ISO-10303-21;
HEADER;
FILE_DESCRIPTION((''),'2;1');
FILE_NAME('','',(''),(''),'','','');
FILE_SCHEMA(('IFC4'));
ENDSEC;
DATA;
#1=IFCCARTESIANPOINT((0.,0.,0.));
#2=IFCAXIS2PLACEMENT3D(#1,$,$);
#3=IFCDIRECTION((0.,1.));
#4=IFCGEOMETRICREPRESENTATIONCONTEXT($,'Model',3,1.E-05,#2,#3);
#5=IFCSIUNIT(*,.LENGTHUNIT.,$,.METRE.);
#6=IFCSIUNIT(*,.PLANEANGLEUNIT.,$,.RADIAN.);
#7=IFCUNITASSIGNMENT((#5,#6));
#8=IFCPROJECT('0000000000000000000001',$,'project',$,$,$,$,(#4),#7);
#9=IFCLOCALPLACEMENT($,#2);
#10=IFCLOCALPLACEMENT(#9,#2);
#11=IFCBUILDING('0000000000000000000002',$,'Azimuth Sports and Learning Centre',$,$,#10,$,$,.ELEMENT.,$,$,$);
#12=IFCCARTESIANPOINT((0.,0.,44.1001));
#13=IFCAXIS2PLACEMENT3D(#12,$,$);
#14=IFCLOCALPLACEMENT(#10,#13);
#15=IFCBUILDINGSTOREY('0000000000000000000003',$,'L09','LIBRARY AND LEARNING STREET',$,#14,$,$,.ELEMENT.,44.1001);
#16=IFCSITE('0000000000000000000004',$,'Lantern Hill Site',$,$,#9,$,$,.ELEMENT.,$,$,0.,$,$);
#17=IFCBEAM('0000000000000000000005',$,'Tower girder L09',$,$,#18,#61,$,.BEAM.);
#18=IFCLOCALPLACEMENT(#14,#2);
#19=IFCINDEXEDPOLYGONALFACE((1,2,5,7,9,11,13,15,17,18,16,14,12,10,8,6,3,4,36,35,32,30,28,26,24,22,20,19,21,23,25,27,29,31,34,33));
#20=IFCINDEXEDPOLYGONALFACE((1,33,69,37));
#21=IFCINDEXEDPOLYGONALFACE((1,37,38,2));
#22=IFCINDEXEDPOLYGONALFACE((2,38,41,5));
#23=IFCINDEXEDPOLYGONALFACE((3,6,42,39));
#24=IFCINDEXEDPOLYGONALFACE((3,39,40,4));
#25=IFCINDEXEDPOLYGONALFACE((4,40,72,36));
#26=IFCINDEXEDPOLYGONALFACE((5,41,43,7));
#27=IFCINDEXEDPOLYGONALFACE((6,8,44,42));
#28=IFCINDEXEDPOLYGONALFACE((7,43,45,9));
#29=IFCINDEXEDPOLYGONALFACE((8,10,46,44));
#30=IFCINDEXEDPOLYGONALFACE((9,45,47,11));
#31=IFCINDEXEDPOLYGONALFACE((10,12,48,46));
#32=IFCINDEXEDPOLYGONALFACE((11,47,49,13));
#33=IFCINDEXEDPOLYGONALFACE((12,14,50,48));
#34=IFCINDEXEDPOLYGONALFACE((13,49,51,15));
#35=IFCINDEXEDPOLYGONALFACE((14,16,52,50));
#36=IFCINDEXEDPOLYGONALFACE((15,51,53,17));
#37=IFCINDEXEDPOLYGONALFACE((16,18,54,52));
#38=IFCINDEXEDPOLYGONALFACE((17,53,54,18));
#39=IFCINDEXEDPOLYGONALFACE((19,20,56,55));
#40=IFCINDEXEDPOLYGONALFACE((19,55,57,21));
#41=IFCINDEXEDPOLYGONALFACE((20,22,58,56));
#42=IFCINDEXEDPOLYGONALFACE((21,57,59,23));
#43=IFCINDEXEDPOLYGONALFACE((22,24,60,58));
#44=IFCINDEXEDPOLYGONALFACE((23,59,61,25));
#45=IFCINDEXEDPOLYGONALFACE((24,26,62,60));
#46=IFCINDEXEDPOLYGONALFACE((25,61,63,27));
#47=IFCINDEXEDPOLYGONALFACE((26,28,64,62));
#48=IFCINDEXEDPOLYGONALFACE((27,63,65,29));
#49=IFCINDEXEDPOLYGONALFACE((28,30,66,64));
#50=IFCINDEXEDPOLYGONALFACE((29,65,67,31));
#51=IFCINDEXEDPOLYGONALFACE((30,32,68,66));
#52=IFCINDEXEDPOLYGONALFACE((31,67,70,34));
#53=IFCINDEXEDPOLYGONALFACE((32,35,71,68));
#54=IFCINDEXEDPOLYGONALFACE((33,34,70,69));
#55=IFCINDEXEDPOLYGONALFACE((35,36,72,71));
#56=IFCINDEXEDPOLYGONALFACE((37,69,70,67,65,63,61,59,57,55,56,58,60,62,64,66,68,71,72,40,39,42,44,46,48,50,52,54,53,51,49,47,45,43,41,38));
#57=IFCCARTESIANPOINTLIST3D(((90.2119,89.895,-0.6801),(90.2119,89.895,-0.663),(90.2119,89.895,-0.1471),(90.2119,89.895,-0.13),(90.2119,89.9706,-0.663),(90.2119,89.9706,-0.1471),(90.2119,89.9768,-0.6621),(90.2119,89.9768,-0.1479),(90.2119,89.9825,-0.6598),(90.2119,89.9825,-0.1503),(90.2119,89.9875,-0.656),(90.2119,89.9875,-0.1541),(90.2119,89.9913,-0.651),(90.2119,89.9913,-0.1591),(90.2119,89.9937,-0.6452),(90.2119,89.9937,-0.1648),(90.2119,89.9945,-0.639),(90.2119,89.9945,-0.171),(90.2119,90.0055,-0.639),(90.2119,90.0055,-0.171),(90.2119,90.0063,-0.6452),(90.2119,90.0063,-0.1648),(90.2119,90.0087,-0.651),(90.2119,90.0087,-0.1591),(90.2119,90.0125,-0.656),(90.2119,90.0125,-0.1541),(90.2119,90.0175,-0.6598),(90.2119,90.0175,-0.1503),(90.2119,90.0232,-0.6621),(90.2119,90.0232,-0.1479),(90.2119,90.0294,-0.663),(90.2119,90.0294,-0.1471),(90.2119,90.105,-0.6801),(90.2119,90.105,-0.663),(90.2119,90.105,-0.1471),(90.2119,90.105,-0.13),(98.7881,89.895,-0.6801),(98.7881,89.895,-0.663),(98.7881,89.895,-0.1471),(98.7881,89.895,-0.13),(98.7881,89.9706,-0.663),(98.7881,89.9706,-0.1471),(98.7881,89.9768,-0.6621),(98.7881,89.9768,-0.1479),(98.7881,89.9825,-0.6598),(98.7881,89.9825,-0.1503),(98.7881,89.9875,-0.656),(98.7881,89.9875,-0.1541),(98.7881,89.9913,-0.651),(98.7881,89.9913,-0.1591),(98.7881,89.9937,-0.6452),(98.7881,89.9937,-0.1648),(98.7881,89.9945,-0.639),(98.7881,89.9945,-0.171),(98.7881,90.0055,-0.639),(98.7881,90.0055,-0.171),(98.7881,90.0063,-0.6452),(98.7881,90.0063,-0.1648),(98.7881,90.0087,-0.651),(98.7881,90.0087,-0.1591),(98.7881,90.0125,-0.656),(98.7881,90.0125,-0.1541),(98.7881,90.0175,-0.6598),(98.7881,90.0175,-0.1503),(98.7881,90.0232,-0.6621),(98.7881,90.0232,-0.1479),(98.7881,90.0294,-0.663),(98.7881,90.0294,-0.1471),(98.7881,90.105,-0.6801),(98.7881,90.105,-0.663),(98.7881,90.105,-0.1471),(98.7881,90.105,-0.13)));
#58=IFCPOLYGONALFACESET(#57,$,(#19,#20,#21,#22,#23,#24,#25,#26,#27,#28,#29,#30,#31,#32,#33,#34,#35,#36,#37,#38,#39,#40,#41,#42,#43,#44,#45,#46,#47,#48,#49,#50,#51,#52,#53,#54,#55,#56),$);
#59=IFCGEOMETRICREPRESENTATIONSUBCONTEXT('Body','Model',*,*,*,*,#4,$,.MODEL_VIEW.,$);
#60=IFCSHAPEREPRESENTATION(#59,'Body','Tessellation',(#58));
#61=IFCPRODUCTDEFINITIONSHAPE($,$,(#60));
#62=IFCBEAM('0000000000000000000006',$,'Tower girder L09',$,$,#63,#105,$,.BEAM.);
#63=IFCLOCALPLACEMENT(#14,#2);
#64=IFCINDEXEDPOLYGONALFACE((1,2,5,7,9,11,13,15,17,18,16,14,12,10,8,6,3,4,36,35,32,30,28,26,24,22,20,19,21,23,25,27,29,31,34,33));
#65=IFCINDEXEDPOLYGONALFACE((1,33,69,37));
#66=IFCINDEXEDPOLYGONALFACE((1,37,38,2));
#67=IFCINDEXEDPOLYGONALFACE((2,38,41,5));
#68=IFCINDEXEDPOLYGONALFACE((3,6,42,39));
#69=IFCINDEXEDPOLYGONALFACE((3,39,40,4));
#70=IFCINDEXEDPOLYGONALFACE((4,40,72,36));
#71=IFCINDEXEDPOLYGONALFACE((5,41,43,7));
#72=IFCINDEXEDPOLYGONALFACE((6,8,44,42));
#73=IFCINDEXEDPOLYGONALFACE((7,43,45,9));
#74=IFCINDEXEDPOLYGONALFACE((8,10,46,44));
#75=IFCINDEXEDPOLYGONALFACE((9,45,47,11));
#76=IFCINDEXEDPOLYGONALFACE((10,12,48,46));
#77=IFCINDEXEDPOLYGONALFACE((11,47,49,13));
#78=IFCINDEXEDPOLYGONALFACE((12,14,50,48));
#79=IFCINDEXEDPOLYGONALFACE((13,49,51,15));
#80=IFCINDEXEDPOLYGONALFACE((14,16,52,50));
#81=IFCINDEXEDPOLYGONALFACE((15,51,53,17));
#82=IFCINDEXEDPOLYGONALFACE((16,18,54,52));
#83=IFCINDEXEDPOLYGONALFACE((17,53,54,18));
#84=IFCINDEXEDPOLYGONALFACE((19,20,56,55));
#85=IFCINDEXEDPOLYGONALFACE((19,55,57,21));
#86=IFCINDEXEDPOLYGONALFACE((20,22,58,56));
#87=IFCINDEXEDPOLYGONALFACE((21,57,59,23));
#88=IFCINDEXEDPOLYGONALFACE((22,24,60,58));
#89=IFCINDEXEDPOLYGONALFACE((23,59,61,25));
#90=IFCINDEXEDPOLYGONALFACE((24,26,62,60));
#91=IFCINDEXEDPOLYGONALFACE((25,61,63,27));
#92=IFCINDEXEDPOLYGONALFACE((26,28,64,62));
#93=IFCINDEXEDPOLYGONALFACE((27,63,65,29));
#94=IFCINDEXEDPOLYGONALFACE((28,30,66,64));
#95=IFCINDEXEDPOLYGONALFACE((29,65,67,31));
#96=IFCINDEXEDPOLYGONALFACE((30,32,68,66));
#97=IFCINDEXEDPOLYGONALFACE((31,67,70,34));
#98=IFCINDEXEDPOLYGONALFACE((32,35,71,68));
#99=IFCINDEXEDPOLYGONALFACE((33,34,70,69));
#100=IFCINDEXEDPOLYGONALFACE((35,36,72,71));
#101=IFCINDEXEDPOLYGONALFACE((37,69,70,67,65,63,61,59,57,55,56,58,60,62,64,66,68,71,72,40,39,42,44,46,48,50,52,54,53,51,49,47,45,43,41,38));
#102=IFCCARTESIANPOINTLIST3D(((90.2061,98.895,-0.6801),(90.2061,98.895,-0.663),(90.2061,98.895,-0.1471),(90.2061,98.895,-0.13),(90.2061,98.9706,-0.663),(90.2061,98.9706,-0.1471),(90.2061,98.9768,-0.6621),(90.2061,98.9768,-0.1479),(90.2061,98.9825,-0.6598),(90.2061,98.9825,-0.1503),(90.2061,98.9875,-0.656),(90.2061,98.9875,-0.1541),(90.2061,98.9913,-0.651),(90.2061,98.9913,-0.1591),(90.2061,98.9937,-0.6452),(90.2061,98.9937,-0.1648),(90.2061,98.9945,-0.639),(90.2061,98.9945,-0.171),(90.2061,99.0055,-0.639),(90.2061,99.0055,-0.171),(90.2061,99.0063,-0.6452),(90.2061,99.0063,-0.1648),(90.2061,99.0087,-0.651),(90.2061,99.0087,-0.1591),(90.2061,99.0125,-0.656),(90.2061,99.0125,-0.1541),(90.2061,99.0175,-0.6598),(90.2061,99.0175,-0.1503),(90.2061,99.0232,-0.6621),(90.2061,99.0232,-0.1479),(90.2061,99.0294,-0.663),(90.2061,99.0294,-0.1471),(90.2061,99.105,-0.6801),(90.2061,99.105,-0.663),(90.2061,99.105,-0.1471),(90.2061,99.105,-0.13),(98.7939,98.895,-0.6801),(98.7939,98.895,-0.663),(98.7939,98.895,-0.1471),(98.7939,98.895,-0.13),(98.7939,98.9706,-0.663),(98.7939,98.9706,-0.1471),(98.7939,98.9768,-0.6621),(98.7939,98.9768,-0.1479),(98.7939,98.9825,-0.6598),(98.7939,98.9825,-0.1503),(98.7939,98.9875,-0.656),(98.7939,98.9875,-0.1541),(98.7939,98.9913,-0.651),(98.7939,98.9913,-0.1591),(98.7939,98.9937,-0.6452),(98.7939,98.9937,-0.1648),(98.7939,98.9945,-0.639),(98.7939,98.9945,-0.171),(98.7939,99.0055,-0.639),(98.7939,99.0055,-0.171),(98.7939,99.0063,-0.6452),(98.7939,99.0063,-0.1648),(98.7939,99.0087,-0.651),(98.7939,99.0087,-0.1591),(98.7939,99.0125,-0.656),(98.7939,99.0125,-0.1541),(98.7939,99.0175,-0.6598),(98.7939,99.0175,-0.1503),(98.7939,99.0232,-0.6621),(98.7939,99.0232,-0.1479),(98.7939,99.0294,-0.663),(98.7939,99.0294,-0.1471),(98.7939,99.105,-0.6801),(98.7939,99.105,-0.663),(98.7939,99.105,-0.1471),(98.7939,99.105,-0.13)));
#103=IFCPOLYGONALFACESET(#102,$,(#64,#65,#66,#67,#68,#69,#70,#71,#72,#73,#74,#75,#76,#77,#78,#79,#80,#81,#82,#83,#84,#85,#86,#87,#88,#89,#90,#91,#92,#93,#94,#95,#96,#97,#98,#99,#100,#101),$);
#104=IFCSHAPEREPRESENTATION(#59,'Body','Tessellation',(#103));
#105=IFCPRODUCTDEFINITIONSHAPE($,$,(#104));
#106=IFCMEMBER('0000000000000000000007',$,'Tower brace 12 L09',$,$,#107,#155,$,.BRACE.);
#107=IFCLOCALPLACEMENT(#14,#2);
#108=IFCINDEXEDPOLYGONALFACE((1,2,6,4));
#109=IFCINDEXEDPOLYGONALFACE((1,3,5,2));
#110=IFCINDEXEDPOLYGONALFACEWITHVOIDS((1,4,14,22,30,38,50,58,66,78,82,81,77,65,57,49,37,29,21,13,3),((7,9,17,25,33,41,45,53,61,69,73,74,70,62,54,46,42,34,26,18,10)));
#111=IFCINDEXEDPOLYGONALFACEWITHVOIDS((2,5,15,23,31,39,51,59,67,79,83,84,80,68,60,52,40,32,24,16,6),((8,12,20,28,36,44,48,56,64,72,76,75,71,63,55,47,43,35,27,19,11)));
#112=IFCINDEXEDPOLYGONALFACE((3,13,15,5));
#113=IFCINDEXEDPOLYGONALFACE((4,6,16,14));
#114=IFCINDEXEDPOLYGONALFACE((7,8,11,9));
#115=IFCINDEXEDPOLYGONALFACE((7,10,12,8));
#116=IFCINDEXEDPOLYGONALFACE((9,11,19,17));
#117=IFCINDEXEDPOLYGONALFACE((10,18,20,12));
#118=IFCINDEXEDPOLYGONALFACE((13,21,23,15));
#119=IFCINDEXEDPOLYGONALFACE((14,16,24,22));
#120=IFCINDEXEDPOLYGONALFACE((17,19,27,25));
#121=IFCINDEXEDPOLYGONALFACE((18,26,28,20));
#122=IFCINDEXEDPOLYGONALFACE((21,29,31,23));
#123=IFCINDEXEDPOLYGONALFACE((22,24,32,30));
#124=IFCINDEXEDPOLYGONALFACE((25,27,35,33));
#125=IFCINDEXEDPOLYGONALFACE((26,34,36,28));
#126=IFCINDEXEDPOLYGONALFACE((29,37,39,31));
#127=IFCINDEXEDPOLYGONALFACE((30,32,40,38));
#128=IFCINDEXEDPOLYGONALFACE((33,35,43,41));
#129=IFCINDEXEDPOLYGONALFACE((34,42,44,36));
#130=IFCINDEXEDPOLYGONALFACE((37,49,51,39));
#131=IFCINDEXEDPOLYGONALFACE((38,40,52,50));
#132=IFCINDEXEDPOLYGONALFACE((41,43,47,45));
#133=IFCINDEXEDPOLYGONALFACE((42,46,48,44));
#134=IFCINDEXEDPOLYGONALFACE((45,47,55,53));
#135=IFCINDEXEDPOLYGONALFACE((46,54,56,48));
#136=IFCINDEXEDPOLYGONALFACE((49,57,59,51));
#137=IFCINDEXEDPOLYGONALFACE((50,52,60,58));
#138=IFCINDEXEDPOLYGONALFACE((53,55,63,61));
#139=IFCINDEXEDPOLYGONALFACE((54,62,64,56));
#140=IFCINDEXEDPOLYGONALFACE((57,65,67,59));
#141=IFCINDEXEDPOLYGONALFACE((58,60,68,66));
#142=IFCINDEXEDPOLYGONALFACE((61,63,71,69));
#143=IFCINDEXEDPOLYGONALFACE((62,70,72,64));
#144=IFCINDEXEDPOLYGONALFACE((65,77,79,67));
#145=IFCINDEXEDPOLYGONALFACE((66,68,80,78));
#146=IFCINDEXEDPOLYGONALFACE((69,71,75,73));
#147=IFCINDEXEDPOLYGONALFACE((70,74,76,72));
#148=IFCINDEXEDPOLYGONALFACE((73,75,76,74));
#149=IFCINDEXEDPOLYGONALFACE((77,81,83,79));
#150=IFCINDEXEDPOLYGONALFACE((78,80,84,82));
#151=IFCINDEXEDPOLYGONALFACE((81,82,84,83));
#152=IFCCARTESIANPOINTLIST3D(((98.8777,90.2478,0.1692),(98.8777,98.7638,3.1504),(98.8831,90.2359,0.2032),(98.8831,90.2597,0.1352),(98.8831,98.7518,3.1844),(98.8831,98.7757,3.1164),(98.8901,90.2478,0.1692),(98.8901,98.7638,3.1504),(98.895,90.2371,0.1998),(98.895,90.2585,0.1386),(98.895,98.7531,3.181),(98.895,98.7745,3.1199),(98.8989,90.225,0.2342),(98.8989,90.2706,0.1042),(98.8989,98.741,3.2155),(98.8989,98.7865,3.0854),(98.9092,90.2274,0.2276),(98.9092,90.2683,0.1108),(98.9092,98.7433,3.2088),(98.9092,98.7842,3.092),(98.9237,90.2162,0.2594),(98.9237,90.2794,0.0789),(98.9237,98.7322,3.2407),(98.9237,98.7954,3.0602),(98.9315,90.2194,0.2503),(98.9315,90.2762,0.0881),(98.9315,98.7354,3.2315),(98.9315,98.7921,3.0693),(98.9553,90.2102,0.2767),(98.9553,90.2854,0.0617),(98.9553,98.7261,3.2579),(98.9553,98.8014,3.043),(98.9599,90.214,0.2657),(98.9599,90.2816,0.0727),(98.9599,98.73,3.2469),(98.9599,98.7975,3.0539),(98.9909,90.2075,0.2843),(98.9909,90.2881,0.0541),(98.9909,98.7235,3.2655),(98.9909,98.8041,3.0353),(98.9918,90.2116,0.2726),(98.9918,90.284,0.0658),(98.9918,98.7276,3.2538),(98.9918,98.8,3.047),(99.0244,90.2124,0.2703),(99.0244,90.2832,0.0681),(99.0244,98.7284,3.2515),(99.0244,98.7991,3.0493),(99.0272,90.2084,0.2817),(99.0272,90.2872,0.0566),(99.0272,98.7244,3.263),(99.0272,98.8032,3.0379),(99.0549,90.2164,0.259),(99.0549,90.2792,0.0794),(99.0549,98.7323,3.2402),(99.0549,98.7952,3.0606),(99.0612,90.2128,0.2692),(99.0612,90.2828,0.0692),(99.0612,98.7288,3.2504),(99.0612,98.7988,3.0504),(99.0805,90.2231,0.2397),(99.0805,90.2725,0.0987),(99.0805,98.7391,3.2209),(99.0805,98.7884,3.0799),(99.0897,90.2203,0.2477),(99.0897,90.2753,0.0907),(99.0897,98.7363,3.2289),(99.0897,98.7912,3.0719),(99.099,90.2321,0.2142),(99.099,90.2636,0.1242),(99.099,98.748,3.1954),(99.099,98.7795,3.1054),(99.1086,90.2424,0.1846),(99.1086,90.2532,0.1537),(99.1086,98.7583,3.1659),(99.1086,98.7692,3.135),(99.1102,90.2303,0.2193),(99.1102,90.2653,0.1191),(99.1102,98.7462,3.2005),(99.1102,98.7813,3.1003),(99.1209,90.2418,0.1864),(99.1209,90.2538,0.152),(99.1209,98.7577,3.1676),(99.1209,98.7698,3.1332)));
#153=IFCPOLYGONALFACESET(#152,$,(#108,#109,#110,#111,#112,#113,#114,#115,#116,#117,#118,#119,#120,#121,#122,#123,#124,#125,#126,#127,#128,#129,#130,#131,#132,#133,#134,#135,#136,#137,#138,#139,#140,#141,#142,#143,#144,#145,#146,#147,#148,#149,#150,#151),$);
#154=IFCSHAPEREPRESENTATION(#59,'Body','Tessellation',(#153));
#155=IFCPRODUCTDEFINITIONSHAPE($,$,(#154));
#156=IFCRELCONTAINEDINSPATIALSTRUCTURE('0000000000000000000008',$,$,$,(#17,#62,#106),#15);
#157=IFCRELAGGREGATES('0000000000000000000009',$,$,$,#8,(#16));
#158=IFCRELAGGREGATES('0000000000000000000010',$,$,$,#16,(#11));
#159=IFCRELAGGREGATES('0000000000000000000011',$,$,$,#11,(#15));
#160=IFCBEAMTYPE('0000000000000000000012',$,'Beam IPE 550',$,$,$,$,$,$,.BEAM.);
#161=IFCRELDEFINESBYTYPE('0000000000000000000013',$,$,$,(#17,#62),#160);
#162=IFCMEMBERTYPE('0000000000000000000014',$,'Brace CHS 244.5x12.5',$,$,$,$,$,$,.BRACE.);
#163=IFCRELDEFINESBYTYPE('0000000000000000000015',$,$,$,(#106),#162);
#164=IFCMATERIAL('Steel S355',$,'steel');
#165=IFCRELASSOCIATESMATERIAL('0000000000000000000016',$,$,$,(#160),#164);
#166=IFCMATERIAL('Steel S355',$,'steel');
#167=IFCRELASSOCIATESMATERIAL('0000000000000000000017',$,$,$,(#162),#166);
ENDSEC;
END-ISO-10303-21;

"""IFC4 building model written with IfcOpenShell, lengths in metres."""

from ifc_helpers import new_model, si_unit, direction, frame, origin, origin_2d, place, context, subcontext, project, spatial, hollow_circle, i_section, extrude, material, material_profile, profile_set, type_object, element, save


model = new_model("IFC4")

# Units and contexts
model_context = context("Model", 3, precision=1e-05, world=origin(), true_north=direction((0.0, 1.0)))
body_context = subcontext(model_context, "Body", "Model", "MODEL_VIEW")
ifc_project = project(units=[si_unit("LENGTHUNIT", "METRE"), si_unit("PLANEANGLEUNIT", "RADIAN")], contexts=[model_context])

# Site, building, storey
site_placement = place(None, origin())
site = spatial("IfcSite", under=ifc_project, at=site_placement, Name="Lantern Hill Site", CompositionType="ELEMENT", RefElevation=0.0)
building_placement = place(site_placement, origin())
building = spatial("IfcBuilding", under=site, at=building_placement, Name="Azimuth Sports and Learning Centre", CompositionType="ELEMENT")
storey_placement = place(building_placement, frame((0.0, 0.0, 44.1001)))
storey = spatial("IfcBuildingStorey", under=building, at=storey_placement, Name="L09", Description="LIBRARY AND LEARNING STREET", CompositionType="ELEMENT", Elevation=44.1001)

# Beams
ifc_material_1 = material(Name="Steel S355", Category="steel")
ifc_material_profile_1 = material_profile(ifc_material_1, i_section(OverallWidth=0.21, OverallDepth=0.55, WebThickness=0.011, FlangeThickness=0.0171, FilletRadius=0.0239, at=origin_2d()), Name="IPE 550")
ifc_profile_set_1 = profile_set([ifc_material_profile_1], Name="Steel S355")
beam_type_1 = type_object("IfcBeamType", Name="Beam IPE 550", PredefinedType="BEAM", material=ifc_profile_set_1)
beam_1_placement = place(storey_placement, frame((90.2119, 90.0, -0.405), z_axis=(1.0, 0.0, 0.0), x_axis=(0.0, 1.0, 0.0)))
element("IfcBeam", 1, at=beam_1_placement, inside=storey, type_object=beam_type_1, Name="Tower girder L09", PredefinedType="BEAM", context=body_context, shape_type="SweptSolid", body=[
    extrude(i_section(OverallWidth=0.21, OverallDepth=0.55, WebThickness=0.011, FlangeThickness=0.0171, FilletRadius=0.0239, at=origin_2d()), origin(), (0.0, 0.0, 1.0), 8.5762),
])
beam_2_placement = place(storey_placement, frame((90.2061, 99.0, -0.405), z_axis=(1.0, 0.0, 0.0), x_axis=(0.0, 1.0, 0.0)))
element("IfcBeam", 2, at=beam_2_placement, inside=storey, type_object=beam_type_1, Name="Tower girder L09", PredefinedType="BEAM", context=body_context, shape_type="SweptSolid", body=[
    extrude(i_section(OverallWidth=0.21, OverallDepth=0.55, WebThickness=0.011, FlangeThickness=0.0171, FilletRadius=0.0239, at=origin_2d()), origin(), (0.0, 0.0, 1.0), 8.5879),
])

# Member
ifc_material_2 = material(Name="Steel S355", Category="steel")
ifc_material_profile_2 = material_profile(ifc_material_2, hollow_circle(Radius=0.1223, WallThickness=0.0125, at=origin_2d()), Name="CHS 244.5x12.5")
ifc_profile_set_2 = profile_set([ifc_material_profile_2], Name="Steel S355")
member_type_1 = type_object("IfcMemberType", Name="Brace CHS 244.5x12.5", PredefinedType="BRACE", material=ifc_profile_set_2)
member_1_placement = place(storey_placement, frame((99.0, 90.2478, 0.1692), z_axis=(0.0, 0.943836, 0.330414), x_axis=(-1.0, 0.0, 0.0)))
element("IfcMember", 3, at=member_1_placement, inside=storey, type_object=member_type_1, Name="Tower brace 12 L09", PredefinedType="BRACE", context=body_context, shape_type="SweptSolid", body=[
    extrude(hollow_circle(Radius=0.1223, WallThickness=0.0125, at=origin_2d()), origin(), (0.0, 0.0, 1.0), 9.0227),
])

save(model, "model.ifc")
